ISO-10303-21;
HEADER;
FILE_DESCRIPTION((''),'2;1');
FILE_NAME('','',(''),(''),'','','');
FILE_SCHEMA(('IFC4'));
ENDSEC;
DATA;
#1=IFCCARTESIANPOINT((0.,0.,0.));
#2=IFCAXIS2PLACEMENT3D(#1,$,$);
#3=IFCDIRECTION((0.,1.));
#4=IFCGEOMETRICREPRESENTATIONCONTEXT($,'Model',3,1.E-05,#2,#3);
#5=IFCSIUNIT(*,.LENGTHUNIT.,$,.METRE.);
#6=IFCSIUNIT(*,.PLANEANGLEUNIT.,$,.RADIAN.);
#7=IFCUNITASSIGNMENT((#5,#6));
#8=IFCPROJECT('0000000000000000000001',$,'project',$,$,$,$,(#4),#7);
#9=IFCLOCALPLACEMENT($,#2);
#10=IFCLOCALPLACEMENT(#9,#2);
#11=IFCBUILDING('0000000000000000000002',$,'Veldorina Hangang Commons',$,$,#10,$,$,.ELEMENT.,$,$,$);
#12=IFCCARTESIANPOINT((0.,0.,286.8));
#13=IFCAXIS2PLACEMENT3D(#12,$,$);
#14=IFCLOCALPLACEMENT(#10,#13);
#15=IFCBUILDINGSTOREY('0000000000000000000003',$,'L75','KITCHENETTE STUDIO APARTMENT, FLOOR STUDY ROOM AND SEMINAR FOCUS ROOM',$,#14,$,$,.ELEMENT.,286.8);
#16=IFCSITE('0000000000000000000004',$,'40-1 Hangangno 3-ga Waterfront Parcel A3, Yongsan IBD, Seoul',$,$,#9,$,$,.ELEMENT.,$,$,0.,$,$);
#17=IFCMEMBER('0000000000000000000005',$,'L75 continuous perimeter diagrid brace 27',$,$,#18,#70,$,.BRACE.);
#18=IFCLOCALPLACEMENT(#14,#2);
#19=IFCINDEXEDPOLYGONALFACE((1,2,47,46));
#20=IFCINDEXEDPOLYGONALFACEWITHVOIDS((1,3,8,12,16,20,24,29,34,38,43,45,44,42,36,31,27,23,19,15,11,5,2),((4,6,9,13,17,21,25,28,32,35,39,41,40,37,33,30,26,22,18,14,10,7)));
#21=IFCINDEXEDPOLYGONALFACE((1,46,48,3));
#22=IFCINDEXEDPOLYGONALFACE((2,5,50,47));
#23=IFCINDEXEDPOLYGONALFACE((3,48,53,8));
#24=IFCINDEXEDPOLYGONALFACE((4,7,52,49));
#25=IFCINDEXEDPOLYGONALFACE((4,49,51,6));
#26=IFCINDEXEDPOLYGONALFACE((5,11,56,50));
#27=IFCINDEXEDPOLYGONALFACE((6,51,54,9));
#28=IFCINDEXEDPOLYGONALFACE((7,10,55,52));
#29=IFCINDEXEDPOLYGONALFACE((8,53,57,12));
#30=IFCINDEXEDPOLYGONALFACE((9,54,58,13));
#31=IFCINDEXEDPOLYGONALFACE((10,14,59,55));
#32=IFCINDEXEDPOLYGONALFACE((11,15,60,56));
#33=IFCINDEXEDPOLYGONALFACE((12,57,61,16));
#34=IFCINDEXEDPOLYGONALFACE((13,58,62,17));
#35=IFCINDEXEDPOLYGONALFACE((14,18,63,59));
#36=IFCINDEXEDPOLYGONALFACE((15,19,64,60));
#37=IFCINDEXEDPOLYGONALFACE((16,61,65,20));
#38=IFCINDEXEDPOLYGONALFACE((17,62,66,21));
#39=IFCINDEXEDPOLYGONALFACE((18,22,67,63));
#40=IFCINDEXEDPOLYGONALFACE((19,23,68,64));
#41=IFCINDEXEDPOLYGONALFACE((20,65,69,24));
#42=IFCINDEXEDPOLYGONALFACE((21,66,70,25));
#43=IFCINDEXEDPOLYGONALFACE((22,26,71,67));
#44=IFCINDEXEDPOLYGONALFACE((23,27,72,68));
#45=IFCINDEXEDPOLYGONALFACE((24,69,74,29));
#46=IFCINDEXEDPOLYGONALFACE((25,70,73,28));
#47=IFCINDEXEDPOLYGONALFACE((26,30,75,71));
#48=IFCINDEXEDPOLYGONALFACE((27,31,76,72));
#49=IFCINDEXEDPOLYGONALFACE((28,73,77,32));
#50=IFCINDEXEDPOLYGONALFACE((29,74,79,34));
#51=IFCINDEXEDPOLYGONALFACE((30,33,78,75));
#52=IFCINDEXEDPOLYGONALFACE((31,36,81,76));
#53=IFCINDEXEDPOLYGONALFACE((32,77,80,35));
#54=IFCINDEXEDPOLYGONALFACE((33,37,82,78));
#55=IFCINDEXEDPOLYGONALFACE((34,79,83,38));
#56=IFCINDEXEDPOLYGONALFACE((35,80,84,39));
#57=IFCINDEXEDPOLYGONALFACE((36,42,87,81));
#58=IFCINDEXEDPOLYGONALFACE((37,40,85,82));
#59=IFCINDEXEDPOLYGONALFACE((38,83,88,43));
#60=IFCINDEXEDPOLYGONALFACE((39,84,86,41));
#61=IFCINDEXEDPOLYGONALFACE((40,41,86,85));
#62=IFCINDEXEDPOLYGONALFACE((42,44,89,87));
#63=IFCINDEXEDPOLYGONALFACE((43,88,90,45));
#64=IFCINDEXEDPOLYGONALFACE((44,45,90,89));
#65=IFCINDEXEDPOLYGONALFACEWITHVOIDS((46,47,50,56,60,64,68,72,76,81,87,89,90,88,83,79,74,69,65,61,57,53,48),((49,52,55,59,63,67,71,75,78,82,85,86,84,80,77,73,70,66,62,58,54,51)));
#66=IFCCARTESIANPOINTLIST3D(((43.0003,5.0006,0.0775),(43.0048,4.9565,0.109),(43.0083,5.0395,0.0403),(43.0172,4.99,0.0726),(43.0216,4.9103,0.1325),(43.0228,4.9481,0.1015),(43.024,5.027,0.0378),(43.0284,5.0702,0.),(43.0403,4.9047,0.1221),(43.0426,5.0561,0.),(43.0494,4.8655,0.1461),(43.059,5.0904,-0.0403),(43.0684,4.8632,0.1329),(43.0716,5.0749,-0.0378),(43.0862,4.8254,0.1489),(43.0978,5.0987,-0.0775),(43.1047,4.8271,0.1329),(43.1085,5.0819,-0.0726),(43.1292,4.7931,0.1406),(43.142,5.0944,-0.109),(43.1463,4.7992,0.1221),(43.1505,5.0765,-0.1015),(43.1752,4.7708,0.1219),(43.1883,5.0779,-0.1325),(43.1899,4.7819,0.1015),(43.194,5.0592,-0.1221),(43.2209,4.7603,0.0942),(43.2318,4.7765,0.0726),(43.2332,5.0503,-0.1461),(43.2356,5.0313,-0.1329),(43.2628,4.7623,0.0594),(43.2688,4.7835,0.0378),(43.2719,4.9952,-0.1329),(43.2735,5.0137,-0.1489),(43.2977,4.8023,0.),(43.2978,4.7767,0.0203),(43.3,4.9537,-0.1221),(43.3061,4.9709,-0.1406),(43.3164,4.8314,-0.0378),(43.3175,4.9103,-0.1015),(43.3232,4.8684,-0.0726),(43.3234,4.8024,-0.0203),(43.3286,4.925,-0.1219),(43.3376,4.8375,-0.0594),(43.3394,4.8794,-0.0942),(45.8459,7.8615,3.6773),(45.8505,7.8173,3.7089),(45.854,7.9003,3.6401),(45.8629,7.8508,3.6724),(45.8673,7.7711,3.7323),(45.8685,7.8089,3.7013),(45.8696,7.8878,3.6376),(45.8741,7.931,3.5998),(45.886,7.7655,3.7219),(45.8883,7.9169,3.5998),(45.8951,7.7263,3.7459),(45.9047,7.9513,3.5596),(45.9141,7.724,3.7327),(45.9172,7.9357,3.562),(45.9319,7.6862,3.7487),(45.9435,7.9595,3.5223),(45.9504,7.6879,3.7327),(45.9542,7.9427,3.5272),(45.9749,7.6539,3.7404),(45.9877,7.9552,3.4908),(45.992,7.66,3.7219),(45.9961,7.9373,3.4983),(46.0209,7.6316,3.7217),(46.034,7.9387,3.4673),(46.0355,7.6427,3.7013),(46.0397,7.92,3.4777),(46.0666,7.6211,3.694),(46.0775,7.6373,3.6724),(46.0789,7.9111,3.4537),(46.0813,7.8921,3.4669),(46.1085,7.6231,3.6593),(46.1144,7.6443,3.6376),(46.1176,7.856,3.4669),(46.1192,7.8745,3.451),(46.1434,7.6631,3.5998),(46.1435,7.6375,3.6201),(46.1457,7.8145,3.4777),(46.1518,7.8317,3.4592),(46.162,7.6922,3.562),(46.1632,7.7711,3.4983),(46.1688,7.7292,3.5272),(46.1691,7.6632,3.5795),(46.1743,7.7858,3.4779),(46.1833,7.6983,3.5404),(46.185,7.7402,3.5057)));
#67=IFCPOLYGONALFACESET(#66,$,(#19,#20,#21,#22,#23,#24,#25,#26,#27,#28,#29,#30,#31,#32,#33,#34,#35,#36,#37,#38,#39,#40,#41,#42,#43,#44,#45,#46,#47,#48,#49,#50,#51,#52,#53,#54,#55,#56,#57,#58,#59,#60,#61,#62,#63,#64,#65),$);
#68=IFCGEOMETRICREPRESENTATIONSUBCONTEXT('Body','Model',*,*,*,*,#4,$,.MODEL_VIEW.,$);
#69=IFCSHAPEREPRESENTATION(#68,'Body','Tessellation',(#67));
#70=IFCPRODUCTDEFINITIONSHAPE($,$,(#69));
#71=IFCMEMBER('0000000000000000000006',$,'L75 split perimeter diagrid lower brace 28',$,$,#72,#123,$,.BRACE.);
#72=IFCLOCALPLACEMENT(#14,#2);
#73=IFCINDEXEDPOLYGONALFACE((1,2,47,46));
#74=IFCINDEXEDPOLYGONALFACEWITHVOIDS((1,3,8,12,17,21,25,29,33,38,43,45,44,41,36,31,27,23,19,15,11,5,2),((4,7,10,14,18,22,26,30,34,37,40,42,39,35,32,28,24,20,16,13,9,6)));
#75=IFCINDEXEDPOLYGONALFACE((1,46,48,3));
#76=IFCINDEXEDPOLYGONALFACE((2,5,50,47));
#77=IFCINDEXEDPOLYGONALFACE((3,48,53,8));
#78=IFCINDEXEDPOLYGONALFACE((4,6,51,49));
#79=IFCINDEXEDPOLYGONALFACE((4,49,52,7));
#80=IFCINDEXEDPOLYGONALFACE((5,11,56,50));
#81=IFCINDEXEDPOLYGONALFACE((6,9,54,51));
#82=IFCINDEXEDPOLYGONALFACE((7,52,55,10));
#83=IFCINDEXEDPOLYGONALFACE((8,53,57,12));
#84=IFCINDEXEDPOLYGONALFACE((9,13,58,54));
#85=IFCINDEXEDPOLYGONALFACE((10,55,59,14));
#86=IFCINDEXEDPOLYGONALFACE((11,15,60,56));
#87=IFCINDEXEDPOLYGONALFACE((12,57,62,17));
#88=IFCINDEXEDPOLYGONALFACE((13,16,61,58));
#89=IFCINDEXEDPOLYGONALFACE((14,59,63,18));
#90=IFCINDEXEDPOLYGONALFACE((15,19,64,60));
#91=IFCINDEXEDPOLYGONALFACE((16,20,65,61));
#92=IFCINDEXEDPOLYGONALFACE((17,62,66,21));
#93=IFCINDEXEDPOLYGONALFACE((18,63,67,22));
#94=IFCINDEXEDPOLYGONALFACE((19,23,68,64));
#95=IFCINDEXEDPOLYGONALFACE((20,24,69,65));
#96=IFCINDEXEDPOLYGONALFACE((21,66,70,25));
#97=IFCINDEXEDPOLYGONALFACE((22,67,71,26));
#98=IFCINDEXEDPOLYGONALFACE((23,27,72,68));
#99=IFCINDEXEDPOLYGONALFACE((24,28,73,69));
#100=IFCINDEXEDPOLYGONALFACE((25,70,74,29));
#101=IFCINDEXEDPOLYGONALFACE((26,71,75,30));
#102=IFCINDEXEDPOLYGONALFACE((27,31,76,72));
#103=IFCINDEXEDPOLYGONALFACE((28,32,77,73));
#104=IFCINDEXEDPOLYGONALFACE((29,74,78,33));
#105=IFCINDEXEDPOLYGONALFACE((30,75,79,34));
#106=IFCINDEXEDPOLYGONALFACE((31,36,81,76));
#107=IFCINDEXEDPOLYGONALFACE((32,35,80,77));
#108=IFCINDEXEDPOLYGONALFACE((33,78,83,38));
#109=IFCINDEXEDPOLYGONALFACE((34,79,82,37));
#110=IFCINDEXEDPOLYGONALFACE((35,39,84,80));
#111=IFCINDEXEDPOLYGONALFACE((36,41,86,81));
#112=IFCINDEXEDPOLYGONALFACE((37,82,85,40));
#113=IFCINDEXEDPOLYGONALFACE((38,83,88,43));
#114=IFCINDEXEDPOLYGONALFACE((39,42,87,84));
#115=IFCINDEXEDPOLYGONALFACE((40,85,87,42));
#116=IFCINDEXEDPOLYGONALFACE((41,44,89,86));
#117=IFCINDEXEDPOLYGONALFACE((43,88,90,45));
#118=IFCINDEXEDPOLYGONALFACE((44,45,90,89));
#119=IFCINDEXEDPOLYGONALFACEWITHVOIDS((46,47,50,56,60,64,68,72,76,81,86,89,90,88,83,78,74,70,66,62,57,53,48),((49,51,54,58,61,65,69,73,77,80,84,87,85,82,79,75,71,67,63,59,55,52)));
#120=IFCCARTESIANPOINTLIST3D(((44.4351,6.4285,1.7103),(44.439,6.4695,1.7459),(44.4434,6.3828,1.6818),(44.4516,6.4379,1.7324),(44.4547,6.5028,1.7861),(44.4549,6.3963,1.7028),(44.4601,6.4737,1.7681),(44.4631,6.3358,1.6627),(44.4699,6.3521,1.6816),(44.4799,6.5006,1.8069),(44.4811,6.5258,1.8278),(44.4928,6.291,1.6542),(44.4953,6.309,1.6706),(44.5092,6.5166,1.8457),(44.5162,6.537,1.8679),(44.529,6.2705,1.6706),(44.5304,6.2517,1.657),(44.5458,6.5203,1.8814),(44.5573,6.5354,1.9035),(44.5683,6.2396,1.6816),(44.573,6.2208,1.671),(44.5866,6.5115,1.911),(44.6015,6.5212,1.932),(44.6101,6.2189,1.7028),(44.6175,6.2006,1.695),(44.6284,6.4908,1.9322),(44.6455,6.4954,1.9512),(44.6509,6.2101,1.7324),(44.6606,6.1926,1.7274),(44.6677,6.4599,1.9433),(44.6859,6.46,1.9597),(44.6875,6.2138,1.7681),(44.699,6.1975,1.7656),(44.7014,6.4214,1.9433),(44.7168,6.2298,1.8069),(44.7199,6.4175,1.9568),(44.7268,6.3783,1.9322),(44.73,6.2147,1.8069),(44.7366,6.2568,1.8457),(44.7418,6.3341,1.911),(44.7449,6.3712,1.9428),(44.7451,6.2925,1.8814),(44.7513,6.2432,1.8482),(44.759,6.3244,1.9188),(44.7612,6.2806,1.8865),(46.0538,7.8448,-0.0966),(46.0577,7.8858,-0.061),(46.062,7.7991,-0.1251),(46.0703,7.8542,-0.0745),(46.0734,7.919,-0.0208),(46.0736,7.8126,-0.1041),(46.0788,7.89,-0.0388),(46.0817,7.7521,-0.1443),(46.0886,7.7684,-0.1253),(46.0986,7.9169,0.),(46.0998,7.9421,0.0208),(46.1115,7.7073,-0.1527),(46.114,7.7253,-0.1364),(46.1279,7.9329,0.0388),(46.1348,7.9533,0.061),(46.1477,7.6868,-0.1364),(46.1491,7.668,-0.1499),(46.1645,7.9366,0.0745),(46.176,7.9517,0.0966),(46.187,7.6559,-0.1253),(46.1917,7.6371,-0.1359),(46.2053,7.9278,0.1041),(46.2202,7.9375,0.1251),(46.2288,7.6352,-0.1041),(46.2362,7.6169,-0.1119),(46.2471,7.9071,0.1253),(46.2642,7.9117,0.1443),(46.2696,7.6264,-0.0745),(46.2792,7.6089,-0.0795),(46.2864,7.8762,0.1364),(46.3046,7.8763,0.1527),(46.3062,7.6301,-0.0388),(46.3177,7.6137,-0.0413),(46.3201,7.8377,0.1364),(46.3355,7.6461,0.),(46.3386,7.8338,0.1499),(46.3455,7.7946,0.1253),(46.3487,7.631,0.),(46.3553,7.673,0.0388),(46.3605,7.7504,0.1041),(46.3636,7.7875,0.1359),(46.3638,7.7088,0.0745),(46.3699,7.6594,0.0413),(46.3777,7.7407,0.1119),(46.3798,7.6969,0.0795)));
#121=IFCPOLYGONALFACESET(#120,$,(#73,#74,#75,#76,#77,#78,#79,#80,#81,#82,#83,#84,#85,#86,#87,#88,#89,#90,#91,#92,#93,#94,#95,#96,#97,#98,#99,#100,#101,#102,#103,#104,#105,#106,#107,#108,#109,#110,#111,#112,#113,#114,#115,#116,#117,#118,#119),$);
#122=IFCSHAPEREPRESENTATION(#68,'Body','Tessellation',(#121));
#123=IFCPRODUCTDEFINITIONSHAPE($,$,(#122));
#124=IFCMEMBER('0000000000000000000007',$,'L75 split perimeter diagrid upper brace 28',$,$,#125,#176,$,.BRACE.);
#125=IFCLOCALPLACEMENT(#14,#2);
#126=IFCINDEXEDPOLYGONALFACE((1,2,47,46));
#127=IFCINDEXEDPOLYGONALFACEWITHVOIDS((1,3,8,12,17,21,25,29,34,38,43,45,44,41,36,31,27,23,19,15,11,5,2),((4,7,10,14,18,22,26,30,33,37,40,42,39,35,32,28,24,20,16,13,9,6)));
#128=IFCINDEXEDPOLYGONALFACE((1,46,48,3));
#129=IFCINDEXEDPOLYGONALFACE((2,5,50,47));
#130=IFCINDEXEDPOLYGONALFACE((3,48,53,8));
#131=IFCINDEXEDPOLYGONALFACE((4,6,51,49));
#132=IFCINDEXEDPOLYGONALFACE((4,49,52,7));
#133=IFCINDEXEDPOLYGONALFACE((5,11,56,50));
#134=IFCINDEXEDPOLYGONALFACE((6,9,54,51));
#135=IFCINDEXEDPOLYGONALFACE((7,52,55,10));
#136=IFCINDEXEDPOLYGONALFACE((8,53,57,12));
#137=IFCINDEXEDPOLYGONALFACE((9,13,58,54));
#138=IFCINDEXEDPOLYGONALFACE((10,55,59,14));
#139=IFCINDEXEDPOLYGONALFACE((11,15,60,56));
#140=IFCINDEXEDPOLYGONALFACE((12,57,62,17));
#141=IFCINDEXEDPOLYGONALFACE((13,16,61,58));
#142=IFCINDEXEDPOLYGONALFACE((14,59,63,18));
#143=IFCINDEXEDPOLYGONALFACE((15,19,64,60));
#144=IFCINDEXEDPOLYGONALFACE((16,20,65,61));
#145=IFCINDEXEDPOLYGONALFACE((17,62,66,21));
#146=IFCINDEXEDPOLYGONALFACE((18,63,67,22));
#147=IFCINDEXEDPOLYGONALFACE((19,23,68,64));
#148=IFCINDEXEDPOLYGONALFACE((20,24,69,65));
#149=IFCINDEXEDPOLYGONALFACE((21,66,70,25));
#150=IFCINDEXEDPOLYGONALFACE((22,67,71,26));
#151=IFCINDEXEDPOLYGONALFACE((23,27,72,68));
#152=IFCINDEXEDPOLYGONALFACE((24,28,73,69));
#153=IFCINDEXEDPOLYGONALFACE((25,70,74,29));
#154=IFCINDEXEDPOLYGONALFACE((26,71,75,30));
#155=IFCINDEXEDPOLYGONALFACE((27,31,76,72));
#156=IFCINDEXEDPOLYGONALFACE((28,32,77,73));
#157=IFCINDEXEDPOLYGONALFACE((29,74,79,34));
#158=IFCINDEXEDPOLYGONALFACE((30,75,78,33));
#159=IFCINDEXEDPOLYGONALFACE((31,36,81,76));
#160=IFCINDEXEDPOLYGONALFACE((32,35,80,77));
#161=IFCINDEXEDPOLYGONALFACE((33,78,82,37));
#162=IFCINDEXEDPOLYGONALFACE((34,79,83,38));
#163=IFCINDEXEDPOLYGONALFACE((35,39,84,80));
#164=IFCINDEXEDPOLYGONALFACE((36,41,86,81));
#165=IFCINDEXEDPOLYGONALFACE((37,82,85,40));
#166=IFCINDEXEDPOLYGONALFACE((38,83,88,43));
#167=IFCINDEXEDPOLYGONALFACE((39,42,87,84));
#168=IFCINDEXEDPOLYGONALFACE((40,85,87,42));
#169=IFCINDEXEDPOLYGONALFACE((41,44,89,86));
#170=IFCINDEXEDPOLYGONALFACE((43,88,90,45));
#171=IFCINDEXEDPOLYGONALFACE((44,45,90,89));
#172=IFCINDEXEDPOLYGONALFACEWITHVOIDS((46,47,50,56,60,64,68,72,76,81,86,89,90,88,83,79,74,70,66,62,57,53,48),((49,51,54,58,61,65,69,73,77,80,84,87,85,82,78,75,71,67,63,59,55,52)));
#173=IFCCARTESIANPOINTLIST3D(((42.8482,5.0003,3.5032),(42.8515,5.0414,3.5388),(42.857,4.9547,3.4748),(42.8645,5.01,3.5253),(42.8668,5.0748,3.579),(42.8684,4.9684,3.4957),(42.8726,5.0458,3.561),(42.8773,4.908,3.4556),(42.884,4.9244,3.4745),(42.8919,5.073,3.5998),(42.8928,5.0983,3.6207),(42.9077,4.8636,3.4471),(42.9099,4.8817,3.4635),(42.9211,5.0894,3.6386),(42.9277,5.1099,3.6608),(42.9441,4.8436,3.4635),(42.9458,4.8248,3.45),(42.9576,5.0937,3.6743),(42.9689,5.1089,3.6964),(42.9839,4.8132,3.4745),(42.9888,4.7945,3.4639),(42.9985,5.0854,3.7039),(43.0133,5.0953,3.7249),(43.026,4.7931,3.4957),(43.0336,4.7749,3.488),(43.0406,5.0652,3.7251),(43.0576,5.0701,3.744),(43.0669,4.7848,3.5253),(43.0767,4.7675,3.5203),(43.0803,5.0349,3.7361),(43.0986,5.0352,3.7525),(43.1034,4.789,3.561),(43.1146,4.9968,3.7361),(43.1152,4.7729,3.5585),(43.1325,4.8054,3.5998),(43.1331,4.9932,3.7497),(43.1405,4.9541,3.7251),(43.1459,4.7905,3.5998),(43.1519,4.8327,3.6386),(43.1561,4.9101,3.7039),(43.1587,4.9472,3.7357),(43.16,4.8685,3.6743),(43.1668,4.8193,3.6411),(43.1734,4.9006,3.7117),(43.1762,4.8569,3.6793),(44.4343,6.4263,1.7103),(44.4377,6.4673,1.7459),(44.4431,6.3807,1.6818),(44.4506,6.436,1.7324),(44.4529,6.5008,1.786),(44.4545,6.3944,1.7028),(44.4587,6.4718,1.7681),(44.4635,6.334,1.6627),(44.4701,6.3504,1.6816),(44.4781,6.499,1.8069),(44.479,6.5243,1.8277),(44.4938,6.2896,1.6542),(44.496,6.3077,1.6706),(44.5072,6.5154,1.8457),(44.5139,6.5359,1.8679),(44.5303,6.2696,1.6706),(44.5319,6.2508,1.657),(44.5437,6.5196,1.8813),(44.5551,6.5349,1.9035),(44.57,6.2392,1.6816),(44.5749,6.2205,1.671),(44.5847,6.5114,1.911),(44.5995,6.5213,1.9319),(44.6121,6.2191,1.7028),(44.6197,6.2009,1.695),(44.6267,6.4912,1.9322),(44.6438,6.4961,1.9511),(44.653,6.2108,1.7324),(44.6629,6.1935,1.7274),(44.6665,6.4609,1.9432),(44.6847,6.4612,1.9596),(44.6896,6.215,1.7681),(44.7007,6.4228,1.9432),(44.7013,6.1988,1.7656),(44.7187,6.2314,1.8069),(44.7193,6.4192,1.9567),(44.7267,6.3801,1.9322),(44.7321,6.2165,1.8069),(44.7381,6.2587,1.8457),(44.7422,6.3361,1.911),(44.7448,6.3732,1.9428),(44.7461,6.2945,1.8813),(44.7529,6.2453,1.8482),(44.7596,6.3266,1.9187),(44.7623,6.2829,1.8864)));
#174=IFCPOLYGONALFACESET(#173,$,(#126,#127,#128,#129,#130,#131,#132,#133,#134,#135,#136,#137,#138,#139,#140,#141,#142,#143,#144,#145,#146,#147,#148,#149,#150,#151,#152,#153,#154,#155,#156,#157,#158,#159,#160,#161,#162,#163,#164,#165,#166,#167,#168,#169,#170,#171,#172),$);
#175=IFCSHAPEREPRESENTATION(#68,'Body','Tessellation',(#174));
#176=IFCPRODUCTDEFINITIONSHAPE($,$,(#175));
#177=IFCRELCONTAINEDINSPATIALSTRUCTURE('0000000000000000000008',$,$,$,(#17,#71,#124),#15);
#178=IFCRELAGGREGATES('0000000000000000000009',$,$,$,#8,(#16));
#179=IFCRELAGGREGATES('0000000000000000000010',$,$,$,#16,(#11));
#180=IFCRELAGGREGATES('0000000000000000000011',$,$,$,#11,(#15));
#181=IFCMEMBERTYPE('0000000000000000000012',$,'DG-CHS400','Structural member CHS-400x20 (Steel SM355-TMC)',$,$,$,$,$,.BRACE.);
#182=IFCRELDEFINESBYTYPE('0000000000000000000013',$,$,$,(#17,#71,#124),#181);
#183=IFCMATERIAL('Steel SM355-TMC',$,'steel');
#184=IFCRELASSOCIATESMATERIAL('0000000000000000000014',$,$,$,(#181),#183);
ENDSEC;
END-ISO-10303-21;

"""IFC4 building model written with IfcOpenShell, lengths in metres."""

from ifc_helpers import new_model, si_unit, direction, frame, origin, origin_2d, place, context, subcontext, project, spatial, hollow_circle, extrude, material, material_profile, profile_set, type_object, element, save


model = new_model("IFC4")

# Units and contexts
model_context = context("Model", 3, precision=1e-05, world=origin(), true_north=direction((0.0, 1.0)))
body_context = subcontext(model_context, "Body", "Model", "MODEL_VIEW")
ifc_project = project(units=[si_unit("LENGTHUNIT", "METRE"), si_unit("PLANEANGLEUNIT", "RADIAN")], contexts=[model_context])

# Site, building, storey
site_placement = place(None, origin())
site = spatial("IfcSite", under=ifc_project, at=site_placement, Name="40-1 Hangangno 3-ga Waterfront Parcel A3, Yongsan IBD, Seoul", CompositionType="ELEMENT", RefElevation=0.0)
building_placement = place(site_placement, origin())
building = spatial("IfcBuilding", under=site, at=building_placement, Name="Veldorina Hangang Commons", CompositionType="ELEMENT")
storey_placement = place(building_placement, frame((0.0, 0.0, 286.8)))
storey = spatial("IfcBuildingStorey", under=building, at=storey_placement, Name="L75", Description="KITCHENETTE STUDIO APARTMENT, FLOOR STUDY ROOM AND SEMINAR FOCUS ROOM", CompositionType="ELEMENT", Elevation=286.8)

# Shared definitions
ifc_material_1 = material(Name="Steel SM355-TMC", Category="steel")

# Members
ifc_material_profile_1 = material_profile(ifc_material_1, hollow_circle(Radius=0.2, WallThickness=0.02, at=origin_2d()), Name="CHS-400x20")
ifc_profile_set_1 = profile_set([ifc_material_profile_1], Name="Steel SM355-TMC")
member_type_1 = type_object("IfcMemberType", Name="DG-CHS400", Description="Structural member CHS-400x20 (Steel SM355-TMC)", PredefinedType="BRACE", material=ifc_profile_set_1)
member_1_placement = place(storey_placement, frame((43.1702, 4.9292, 0.0), z_axis=(0.526248, 0.529047, 0.665711), x_axis=(-0.70898, 0.705229, 0.0)))
element("IfcMember", 1, at=member_1_placement, inside=storey, type_object=member_type_1, Name="L75 continuous perimeter diagrid brace 27", PredefinedType="BRACE", context=body_context, shape_type="SweptSolid", body=[
    extrude(hollow_circle(Radius=0.2, WallThickness=0.02, at=origin_2d()), origin(), (0.0, 0.0, 1.0), 5.4075),
])
member_2_placement = place(storey_placement, frame((46.217, 7.7815, 0.0), z_axis=(-0.576231, -0.504181, 0.643241), x_axis=(0.658489, -0.752591, 0.0)))
element("IfcMember", 2, at=member_2_placement, inside=storey, type_object=member_type_1, Name="L75 split perimeter diagrid lower brace 28", PredefinedType="BRACE", context=body_context, shape_type="SweptSolid", body=[
    extrude(hollow_circle(Radius=0.2, WallThickness=0.02, at=origin_2d()), origin(), (0.0, 0.0, 1.0), 2.8091),
])
member_3_placement = place(storey_placement, frame((44.5984, 6.3652, 1.8069), z_axis=(-0.56925, -0.511773, 0.643462), x_axis=(0.668566, -0.743653, 0.0)))
element("IfcMember", 3, at=member_3_placement, inside=storey, type_object=member_type_1, Name="L75 split perimeter diagrid upper brace 28", PredefinedType="BRACE", context=body_context, shape_type="SweptSolid", body=[
    extrude(hollow_circle(Radius=0.2, WallThickness=0.02, at=origin_2d()), origin(), (0.0, 0.0, 1.0), 2.7864),
])

save(model, "model.ifc")
